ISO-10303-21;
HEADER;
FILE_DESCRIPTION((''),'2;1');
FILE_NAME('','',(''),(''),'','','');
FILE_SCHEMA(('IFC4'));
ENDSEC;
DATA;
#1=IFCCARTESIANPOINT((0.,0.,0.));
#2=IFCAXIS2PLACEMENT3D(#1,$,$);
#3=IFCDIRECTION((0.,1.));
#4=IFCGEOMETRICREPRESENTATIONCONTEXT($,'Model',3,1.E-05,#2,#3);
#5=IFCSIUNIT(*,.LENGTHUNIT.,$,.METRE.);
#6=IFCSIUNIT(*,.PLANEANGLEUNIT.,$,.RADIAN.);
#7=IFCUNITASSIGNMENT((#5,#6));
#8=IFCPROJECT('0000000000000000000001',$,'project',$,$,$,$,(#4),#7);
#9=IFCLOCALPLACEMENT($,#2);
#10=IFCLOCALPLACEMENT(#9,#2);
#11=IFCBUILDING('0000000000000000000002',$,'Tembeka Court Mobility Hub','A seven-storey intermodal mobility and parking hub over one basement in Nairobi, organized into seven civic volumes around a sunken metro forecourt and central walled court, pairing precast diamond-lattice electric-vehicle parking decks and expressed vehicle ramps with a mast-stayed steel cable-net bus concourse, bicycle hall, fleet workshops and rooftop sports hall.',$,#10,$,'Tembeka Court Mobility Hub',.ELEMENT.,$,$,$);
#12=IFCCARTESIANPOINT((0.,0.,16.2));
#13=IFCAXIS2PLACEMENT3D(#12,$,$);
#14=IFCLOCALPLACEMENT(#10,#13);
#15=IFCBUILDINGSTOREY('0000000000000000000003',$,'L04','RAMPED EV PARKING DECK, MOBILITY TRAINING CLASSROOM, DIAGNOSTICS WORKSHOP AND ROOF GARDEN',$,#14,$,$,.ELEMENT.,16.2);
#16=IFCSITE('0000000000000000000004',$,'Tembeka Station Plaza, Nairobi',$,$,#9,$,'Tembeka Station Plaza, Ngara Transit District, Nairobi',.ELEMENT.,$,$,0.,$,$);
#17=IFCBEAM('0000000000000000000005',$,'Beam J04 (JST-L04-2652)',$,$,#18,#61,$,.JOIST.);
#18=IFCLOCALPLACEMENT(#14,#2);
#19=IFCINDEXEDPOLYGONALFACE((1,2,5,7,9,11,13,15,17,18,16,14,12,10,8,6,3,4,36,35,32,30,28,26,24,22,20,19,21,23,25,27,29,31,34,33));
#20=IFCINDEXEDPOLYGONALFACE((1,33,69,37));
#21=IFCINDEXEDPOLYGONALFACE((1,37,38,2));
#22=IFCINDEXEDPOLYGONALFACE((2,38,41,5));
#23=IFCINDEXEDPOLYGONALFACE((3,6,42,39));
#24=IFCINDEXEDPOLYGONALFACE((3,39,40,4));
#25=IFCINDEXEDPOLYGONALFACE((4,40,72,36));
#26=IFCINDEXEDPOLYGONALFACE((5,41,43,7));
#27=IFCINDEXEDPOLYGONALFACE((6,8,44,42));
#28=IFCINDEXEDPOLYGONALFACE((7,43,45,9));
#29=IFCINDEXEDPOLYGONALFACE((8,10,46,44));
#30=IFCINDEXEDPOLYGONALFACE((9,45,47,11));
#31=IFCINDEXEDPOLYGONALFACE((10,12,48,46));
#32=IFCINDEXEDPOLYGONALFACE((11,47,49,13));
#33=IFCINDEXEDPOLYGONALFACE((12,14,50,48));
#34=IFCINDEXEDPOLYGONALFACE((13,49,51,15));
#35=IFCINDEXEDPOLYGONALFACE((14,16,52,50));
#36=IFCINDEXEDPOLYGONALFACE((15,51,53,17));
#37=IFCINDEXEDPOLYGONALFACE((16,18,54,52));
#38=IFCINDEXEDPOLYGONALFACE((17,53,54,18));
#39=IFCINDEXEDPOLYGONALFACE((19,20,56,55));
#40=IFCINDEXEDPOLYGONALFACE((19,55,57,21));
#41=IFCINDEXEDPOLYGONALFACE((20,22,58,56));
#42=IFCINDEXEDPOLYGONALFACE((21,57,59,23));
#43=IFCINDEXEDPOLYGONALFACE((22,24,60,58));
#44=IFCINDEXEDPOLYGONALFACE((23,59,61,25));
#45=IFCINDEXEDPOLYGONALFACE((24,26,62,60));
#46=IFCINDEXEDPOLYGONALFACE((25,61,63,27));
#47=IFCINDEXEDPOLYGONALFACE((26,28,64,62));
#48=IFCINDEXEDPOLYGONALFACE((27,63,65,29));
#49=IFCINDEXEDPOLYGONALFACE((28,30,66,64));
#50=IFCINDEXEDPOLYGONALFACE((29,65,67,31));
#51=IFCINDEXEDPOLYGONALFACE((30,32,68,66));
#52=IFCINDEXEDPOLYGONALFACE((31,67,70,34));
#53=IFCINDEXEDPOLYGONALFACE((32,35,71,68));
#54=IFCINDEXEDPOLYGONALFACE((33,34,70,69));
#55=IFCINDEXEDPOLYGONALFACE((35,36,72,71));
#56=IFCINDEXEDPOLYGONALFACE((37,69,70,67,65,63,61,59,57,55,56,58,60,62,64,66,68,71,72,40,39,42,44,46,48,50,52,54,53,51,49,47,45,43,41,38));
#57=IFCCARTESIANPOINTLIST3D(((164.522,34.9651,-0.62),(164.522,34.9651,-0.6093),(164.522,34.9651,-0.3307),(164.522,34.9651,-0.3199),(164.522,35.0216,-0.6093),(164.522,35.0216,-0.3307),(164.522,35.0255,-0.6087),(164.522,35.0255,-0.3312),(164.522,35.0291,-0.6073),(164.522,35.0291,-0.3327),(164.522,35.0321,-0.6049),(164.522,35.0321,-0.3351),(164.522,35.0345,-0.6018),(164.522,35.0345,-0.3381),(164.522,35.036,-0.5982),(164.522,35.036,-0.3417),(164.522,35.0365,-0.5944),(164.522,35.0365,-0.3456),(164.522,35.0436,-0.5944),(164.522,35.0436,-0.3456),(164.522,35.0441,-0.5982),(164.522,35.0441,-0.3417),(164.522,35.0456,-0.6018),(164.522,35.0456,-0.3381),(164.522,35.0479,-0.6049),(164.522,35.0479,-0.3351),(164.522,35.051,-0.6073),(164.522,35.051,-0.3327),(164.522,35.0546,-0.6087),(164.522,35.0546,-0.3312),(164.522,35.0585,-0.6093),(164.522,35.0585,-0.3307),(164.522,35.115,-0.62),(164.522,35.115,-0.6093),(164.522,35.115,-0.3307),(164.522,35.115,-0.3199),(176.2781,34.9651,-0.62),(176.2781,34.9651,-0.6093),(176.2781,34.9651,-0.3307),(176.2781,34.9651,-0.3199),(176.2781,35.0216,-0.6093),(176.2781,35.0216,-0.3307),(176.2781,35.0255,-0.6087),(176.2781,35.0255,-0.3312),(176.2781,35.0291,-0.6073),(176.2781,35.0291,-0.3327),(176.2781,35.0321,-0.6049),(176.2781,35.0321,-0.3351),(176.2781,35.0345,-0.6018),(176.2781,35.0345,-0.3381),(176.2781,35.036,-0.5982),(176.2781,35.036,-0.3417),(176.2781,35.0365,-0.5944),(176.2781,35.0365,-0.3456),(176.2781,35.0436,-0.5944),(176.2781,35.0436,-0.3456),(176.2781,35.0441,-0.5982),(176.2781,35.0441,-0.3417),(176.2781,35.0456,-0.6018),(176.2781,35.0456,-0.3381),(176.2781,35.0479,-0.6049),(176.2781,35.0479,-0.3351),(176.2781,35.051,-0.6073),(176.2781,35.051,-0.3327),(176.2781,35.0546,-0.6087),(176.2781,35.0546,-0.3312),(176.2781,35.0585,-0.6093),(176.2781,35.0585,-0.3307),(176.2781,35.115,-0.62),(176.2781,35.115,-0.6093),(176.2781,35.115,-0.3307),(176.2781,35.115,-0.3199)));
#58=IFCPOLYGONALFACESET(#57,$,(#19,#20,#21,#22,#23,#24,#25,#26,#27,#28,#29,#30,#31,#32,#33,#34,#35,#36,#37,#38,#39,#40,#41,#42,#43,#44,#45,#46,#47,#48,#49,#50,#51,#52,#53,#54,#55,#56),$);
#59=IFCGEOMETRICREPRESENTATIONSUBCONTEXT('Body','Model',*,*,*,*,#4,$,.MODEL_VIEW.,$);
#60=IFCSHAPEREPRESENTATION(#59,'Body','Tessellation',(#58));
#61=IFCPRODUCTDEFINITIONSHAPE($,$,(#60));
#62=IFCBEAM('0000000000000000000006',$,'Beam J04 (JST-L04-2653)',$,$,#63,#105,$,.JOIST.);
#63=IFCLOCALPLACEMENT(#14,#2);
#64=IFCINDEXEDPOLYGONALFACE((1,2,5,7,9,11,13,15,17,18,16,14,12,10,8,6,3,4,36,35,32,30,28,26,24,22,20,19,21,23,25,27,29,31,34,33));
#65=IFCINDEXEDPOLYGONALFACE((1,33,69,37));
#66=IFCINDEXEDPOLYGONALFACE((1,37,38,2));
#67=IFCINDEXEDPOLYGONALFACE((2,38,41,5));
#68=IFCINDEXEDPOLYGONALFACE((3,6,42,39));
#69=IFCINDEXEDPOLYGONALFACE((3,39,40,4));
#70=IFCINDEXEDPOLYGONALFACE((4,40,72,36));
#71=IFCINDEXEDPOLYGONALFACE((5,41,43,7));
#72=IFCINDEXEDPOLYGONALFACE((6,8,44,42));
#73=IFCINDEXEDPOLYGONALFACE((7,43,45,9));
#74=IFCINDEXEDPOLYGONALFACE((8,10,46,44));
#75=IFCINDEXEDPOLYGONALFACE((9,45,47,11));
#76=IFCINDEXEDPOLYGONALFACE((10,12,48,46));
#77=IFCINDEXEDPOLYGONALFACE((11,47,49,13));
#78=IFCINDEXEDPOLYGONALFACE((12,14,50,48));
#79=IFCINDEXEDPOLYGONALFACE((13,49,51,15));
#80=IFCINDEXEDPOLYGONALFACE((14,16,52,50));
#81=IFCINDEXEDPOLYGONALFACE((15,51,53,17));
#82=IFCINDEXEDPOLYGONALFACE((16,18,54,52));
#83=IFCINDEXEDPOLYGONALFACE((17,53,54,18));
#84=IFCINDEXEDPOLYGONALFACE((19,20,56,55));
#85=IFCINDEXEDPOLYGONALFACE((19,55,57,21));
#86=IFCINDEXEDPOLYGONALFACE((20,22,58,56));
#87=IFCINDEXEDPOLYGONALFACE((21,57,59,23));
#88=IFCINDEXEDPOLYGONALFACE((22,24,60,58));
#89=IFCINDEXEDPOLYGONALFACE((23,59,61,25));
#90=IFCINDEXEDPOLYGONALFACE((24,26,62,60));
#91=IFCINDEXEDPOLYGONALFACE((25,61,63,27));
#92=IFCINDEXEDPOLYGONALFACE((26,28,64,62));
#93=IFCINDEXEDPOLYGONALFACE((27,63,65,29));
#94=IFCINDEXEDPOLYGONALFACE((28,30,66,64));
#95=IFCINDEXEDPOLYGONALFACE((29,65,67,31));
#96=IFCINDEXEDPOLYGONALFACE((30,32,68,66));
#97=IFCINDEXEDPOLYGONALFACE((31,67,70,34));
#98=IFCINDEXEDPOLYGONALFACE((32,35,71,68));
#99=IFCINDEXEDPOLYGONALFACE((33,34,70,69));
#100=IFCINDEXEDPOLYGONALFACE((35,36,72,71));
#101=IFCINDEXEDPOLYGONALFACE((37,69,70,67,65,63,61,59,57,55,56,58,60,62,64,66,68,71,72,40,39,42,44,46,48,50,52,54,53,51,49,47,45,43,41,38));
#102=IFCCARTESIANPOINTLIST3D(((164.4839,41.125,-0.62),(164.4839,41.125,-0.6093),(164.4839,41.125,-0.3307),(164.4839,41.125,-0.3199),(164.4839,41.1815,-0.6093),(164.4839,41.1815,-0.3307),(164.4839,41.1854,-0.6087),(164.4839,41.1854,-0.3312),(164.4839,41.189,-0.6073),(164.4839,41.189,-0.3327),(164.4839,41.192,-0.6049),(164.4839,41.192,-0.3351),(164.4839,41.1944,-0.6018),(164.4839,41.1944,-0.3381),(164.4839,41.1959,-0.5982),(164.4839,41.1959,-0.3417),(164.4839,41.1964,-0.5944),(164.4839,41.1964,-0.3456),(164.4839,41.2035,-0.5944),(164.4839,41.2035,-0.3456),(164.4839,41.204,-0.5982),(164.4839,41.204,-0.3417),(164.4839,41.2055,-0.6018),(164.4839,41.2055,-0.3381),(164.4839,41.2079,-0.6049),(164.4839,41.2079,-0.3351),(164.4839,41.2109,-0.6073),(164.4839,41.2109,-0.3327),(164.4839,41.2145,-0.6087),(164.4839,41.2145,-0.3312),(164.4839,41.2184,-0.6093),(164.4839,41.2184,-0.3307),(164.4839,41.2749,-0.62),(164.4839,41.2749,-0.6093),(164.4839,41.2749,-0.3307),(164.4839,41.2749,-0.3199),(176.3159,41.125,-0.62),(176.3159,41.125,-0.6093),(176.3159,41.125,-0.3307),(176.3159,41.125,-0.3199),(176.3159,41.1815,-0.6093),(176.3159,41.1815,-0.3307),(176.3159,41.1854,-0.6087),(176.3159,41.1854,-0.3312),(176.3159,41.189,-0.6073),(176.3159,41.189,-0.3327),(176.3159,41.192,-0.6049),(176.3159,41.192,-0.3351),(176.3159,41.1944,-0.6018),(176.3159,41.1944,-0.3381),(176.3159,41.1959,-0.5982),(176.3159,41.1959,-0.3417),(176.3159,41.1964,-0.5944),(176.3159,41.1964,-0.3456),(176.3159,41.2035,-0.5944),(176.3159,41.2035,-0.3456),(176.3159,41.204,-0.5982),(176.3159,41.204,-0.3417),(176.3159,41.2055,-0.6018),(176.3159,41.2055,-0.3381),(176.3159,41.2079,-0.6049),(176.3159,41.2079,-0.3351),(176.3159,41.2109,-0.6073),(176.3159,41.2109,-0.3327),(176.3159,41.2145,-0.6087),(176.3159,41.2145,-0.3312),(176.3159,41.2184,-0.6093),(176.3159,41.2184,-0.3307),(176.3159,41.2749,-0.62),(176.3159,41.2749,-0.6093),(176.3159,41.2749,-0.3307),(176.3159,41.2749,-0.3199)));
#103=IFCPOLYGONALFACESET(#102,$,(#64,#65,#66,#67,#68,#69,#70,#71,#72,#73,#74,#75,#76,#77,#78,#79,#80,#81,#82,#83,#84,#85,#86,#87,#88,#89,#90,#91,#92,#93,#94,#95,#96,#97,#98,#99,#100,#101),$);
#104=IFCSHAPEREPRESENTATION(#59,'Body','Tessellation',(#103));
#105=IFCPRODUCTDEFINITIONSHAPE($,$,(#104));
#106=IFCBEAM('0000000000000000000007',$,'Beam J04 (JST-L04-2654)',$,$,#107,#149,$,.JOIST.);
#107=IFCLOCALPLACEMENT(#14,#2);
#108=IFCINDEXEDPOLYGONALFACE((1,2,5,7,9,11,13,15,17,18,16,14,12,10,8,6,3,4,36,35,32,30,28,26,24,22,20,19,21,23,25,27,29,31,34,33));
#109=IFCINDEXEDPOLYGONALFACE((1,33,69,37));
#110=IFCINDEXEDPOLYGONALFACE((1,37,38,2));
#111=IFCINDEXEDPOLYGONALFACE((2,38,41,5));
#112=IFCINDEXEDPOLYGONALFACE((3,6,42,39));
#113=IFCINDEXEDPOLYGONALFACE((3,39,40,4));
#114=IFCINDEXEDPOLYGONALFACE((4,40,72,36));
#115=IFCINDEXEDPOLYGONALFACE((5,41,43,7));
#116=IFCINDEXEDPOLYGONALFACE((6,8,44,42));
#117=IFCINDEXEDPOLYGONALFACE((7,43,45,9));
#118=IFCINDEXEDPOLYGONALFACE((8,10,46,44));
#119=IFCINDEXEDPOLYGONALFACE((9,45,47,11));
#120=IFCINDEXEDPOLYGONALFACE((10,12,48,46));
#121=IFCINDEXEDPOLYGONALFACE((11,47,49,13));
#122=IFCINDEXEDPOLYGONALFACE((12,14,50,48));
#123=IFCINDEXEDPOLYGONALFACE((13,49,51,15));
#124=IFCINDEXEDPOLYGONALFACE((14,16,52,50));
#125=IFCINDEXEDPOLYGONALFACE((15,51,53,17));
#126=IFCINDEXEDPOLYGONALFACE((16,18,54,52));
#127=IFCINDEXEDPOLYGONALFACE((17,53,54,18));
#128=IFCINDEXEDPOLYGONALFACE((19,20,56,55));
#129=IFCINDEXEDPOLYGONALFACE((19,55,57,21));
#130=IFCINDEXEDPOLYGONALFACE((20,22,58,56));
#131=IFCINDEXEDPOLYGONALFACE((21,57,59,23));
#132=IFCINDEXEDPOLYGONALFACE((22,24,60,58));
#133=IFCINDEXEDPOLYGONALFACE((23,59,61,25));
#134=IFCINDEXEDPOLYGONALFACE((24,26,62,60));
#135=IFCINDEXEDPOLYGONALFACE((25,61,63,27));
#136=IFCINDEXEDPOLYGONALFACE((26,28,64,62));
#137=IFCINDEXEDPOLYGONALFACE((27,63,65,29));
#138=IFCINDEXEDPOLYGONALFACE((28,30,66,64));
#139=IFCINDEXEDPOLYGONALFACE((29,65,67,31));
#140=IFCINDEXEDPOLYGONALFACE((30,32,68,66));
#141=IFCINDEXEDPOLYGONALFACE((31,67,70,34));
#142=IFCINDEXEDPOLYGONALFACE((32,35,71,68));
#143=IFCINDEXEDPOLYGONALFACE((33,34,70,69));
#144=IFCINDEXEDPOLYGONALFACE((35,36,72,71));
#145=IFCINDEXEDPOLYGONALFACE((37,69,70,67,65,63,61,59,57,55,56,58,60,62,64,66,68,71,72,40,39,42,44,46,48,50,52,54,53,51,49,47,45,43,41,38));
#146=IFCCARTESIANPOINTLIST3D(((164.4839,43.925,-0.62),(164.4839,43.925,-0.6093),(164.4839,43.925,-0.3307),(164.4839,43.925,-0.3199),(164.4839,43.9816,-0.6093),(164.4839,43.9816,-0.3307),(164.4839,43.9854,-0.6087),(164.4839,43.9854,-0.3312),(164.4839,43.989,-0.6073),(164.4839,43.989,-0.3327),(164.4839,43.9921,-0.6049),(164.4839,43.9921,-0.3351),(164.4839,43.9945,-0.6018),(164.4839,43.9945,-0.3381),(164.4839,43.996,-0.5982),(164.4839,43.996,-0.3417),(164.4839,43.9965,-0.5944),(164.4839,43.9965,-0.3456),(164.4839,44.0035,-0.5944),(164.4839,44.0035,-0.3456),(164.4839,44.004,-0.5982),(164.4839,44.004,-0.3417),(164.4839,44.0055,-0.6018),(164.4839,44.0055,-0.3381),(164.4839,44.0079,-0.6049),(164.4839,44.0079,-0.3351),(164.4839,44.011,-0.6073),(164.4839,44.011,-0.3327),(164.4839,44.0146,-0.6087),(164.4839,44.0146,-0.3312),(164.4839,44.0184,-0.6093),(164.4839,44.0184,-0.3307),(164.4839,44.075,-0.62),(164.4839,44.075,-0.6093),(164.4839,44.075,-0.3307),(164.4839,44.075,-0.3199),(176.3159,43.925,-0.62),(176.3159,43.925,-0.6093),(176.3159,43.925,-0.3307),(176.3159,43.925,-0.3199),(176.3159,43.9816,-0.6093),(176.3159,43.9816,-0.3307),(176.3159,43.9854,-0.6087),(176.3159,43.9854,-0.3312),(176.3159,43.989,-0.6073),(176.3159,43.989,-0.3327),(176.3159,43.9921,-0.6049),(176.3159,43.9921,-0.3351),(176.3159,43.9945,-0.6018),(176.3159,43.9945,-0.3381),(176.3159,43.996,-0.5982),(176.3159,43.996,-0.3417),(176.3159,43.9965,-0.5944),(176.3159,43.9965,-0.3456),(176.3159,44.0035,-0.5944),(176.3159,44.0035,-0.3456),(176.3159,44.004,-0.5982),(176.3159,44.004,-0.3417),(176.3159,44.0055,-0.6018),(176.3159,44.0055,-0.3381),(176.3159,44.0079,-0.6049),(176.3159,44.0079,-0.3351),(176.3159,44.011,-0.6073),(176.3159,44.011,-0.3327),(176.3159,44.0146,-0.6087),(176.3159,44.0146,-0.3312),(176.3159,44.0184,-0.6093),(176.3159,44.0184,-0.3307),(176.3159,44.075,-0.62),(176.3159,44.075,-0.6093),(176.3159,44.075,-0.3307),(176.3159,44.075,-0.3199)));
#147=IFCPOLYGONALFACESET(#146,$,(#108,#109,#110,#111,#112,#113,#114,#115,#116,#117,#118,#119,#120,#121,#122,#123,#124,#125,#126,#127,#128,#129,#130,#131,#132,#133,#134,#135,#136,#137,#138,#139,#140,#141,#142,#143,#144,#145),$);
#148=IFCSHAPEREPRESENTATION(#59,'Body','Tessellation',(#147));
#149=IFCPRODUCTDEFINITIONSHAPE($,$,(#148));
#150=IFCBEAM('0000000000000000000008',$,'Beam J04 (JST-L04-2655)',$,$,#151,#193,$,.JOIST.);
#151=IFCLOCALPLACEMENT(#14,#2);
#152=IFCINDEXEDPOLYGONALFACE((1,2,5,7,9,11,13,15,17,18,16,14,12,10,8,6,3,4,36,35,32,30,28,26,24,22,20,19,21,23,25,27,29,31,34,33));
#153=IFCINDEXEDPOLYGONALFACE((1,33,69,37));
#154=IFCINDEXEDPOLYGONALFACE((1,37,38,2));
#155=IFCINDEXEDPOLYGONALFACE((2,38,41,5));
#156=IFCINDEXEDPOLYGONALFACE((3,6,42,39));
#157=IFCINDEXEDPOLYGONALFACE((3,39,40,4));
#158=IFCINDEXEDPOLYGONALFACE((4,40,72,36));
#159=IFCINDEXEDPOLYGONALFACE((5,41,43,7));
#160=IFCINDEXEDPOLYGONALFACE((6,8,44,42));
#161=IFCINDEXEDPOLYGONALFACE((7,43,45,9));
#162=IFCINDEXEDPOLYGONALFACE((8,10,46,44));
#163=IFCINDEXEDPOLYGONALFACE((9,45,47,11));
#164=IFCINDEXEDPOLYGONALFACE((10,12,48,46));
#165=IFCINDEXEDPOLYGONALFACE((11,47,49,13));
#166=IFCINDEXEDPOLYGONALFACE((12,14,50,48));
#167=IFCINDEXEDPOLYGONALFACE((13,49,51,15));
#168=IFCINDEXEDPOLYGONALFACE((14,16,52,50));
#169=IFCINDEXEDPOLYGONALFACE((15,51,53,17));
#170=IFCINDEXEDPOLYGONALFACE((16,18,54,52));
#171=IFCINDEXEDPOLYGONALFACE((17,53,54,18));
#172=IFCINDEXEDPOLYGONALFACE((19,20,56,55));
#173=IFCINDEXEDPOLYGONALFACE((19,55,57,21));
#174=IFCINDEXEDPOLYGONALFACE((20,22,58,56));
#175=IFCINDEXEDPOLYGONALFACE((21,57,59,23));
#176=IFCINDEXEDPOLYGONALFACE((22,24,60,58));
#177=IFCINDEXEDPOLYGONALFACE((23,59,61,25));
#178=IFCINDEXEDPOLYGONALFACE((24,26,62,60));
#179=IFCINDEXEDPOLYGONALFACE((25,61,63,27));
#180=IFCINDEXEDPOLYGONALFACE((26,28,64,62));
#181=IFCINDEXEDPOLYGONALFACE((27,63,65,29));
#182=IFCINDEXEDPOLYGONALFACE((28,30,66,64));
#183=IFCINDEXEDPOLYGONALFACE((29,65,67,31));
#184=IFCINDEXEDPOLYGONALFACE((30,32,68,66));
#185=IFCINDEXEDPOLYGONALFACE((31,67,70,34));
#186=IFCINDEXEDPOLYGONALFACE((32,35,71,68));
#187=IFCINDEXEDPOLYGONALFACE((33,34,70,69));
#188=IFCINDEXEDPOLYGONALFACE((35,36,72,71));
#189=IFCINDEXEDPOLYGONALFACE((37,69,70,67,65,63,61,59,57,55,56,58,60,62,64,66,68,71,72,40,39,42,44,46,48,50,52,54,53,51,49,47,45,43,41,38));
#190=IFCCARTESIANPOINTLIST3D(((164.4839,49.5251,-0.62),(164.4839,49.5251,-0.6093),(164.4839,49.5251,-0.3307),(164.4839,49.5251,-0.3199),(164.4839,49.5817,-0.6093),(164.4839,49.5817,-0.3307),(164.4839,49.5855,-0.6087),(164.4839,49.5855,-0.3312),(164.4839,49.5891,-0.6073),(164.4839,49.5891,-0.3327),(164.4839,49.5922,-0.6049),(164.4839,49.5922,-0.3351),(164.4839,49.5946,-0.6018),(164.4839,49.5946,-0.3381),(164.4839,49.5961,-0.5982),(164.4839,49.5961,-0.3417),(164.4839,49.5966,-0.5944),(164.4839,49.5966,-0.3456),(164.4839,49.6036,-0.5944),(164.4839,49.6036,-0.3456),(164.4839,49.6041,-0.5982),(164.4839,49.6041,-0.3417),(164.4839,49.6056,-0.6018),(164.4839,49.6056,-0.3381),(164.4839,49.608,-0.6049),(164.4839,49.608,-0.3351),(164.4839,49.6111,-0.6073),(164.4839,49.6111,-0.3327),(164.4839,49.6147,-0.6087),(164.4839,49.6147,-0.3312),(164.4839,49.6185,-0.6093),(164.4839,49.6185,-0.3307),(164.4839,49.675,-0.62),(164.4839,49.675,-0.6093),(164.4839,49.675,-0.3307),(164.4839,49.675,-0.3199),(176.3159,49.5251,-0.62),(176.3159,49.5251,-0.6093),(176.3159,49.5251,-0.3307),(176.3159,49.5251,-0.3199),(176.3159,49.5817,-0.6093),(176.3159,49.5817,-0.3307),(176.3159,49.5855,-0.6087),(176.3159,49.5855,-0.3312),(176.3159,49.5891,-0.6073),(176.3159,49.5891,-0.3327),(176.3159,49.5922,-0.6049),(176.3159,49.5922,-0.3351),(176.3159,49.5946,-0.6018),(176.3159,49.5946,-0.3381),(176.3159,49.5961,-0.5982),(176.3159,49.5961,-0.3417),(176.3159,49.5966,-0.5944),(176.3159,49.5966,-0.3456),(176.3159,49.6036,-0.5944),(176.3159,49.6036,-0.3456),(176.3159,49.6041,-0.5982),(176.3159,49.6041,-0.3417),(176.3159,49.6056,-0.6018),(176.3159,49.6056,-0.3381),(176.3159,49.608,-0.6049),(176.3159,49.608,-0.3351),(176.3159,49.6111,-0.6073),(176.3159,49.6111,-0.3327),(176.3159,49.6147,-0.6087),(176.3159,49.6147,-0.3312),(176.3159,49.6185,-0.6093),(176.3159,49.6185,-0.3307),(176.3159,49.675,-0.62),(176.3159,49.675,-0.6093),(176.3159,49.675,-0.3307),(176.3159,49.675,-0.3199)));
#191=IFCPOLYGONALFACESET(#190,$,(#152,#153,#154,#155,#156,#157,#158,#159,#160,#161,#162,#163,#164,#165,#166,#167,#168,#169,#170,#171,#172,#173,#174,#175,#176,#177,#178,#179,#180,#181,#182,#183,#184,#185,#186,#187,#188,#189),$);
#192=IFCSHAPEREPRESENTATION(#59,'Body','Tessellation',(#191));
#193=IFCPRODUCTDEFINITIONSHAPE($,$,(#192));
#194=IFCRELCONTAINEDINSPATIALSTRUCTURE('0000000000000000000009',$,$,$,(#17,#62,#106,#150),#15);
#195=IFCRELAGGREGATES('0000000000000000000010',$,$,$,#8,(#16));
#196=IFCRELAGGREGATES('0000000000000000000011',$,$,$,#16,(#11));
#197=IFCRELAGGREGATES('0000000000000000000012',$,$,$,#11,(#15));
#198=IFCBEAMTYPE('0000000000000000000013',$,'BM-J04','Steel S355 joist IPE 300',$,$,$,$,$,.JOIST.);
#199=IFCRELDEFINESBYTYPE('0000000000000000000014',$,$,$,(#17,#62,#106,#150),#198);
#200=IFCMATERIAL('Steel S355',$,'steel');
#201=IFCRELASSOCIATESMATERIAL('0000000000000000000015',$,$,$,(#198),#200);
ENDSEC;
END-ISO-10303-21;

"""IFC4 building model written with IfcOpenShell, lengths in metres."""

from ifc_helpers import new_model, si_unit, direction, frame, origin, origin_2d, place, context, subcontext, project, spatial, i_section, extrude, material, material_profile, profile_set, type_object, element, save


model = new_model("IFC4")

# Units and contexts
model_context = context("Model", 3, precision=1e-05, world=origin(), true_north=direction((0.0, 1.0)))
body_context = subcontext(model_context, "Body", "Model", "MODEL_VIEW")
ifc_project = project(units=[si_unit("LENGTHUNIT", "METRE"), si_unit("PLANEANGLEUNIT", "RADIAN")], contexts=[model_context])

# Site, building, storey
site_placement = place(None, origin())
site = spatial("IfcSite", under=ifc_project, at=site_placement, Name="Tembeka Station Plaza, Nairobi", LongName="Tembeka Station Plaza, Ngara Transit District, Nairobi", CompositionType="ELEMENT", RefElevation=0.0)
building_placement = place(site_placement, origin())
building = spatial("IfcBuilding", under=site, at=building_placement, Name="Tembeka Court Mobility Hub", Description="A seven-storey intermodal mobility and parking hub over one basement in Nairobi, organized into seven civic volumes around a sunken metro forecourt and central walled court, pairing precast diamond-lattice electric-vehicle parking decks and expressed vehicle ramps with a mast-stayed steel cable-net bus concourse, bicycle hall, fleet workshops and rooftop sports hall.", LongName="Tembeka Court Mobility Hub", CompositionType="ELEMENT")
storey_placement = place(building_placement, frame((0.0, 0.0, 16.2)))
storey = spatial("IfcBuildingStorey", under=building, at=storey_placement, Name="L04", Description="RAMPED EV PARKING DECK, MOBILITY TRAINING CLASSROOM, DIAGNOSTICS WORKSHOP AND ROOF GARDEN", CompositionType="ELEMENT", Elevation=16.2)

# Beams
ifc_material_1 = material(Name="Steel S355", Category="steel")
ifc_material_profile_1 = material_profile(ifc_material_1, i_section(OverallWidth=0.1499, OverallDepth=0.3, WebThickness=0.0071, FlangeThickness=0.0107, FilletRadius=0.0149, at=origin_2d()), Name="IPE 300")
ifc_profile_set_1 = profile_set([ifc_material_profile_1], Name="Steel S355")
beam_type_1 = type_object("IfcBeamType", Name="BM-J04", Description="Steel S355 joist IPE 300", PredefinedType="JOIST", material=ifc_profile_set_1)
for number, where, z_axis, x_axis, name in (
    (1, (164.522, 35.04, -0.47), (1.0, 0.0, 0.0), (0.0, 1.0, 0.0), "Beam J04 (JST-L04-2652)"),
):
    element("IfcBeam", number, at=place(storey_placement, frame(where, z_axis=z_axis, x_axis=x_axis)), inside=storey, type_object=beam_type_1, Name=name, PredefinedType="JOIST", context=body_context, shape_type="SweptSolid", body=[
        extrude(i_section(OverallWidth=0.1499, OverallDepth=0.3, WebThickness=0.0071, FlangeThickness=0.0107, FilletRadius=0.0149, at=origin_2d()), origin(), (0.0, 0.0, 1.0), 11.7561),
    ])
for number, where, z_axis, x_axis, name in (
    (2, (164.4839, 41.2, -0.47), (1.0, 0.0, 0.0), (0.0, 1.0, 0.0), "Beam J04 (JST-L04-2653)"),
    (3, (164.4839, 44.0, -0.47), (1.0, 0.0, 0.0), (0.0, 1.0, 0.0), "Beam J04 (JST-L04-2654)"),
    (4, (164.4839, 49.6001, -0.47), (1.0, 0.0, 0.0), (0.0, 1.0, 0.0), "Beam J04 (JST-L04-2655)"),
):
    element("IfcBeam", number, at=place(storey_placement, frame(where, z_axis=z_axis, x_axis=x_axis)), inside=storey, type_object=beam_type_1, Name=name, PredefinedType="JOIST", context=body_context, shape_type="SweptSolid", body=[
        extrude(i_section(OverallWidth=0.1499, OverallDepth=0.3, WebThickness=0.0071, FlangeThickness=0.0107, FilletRadius=0.0149, at=origin_2d()), origin(), (0.0, 0.0, 1.0), 11.832),
    ])

save(model, "model.ifc")
